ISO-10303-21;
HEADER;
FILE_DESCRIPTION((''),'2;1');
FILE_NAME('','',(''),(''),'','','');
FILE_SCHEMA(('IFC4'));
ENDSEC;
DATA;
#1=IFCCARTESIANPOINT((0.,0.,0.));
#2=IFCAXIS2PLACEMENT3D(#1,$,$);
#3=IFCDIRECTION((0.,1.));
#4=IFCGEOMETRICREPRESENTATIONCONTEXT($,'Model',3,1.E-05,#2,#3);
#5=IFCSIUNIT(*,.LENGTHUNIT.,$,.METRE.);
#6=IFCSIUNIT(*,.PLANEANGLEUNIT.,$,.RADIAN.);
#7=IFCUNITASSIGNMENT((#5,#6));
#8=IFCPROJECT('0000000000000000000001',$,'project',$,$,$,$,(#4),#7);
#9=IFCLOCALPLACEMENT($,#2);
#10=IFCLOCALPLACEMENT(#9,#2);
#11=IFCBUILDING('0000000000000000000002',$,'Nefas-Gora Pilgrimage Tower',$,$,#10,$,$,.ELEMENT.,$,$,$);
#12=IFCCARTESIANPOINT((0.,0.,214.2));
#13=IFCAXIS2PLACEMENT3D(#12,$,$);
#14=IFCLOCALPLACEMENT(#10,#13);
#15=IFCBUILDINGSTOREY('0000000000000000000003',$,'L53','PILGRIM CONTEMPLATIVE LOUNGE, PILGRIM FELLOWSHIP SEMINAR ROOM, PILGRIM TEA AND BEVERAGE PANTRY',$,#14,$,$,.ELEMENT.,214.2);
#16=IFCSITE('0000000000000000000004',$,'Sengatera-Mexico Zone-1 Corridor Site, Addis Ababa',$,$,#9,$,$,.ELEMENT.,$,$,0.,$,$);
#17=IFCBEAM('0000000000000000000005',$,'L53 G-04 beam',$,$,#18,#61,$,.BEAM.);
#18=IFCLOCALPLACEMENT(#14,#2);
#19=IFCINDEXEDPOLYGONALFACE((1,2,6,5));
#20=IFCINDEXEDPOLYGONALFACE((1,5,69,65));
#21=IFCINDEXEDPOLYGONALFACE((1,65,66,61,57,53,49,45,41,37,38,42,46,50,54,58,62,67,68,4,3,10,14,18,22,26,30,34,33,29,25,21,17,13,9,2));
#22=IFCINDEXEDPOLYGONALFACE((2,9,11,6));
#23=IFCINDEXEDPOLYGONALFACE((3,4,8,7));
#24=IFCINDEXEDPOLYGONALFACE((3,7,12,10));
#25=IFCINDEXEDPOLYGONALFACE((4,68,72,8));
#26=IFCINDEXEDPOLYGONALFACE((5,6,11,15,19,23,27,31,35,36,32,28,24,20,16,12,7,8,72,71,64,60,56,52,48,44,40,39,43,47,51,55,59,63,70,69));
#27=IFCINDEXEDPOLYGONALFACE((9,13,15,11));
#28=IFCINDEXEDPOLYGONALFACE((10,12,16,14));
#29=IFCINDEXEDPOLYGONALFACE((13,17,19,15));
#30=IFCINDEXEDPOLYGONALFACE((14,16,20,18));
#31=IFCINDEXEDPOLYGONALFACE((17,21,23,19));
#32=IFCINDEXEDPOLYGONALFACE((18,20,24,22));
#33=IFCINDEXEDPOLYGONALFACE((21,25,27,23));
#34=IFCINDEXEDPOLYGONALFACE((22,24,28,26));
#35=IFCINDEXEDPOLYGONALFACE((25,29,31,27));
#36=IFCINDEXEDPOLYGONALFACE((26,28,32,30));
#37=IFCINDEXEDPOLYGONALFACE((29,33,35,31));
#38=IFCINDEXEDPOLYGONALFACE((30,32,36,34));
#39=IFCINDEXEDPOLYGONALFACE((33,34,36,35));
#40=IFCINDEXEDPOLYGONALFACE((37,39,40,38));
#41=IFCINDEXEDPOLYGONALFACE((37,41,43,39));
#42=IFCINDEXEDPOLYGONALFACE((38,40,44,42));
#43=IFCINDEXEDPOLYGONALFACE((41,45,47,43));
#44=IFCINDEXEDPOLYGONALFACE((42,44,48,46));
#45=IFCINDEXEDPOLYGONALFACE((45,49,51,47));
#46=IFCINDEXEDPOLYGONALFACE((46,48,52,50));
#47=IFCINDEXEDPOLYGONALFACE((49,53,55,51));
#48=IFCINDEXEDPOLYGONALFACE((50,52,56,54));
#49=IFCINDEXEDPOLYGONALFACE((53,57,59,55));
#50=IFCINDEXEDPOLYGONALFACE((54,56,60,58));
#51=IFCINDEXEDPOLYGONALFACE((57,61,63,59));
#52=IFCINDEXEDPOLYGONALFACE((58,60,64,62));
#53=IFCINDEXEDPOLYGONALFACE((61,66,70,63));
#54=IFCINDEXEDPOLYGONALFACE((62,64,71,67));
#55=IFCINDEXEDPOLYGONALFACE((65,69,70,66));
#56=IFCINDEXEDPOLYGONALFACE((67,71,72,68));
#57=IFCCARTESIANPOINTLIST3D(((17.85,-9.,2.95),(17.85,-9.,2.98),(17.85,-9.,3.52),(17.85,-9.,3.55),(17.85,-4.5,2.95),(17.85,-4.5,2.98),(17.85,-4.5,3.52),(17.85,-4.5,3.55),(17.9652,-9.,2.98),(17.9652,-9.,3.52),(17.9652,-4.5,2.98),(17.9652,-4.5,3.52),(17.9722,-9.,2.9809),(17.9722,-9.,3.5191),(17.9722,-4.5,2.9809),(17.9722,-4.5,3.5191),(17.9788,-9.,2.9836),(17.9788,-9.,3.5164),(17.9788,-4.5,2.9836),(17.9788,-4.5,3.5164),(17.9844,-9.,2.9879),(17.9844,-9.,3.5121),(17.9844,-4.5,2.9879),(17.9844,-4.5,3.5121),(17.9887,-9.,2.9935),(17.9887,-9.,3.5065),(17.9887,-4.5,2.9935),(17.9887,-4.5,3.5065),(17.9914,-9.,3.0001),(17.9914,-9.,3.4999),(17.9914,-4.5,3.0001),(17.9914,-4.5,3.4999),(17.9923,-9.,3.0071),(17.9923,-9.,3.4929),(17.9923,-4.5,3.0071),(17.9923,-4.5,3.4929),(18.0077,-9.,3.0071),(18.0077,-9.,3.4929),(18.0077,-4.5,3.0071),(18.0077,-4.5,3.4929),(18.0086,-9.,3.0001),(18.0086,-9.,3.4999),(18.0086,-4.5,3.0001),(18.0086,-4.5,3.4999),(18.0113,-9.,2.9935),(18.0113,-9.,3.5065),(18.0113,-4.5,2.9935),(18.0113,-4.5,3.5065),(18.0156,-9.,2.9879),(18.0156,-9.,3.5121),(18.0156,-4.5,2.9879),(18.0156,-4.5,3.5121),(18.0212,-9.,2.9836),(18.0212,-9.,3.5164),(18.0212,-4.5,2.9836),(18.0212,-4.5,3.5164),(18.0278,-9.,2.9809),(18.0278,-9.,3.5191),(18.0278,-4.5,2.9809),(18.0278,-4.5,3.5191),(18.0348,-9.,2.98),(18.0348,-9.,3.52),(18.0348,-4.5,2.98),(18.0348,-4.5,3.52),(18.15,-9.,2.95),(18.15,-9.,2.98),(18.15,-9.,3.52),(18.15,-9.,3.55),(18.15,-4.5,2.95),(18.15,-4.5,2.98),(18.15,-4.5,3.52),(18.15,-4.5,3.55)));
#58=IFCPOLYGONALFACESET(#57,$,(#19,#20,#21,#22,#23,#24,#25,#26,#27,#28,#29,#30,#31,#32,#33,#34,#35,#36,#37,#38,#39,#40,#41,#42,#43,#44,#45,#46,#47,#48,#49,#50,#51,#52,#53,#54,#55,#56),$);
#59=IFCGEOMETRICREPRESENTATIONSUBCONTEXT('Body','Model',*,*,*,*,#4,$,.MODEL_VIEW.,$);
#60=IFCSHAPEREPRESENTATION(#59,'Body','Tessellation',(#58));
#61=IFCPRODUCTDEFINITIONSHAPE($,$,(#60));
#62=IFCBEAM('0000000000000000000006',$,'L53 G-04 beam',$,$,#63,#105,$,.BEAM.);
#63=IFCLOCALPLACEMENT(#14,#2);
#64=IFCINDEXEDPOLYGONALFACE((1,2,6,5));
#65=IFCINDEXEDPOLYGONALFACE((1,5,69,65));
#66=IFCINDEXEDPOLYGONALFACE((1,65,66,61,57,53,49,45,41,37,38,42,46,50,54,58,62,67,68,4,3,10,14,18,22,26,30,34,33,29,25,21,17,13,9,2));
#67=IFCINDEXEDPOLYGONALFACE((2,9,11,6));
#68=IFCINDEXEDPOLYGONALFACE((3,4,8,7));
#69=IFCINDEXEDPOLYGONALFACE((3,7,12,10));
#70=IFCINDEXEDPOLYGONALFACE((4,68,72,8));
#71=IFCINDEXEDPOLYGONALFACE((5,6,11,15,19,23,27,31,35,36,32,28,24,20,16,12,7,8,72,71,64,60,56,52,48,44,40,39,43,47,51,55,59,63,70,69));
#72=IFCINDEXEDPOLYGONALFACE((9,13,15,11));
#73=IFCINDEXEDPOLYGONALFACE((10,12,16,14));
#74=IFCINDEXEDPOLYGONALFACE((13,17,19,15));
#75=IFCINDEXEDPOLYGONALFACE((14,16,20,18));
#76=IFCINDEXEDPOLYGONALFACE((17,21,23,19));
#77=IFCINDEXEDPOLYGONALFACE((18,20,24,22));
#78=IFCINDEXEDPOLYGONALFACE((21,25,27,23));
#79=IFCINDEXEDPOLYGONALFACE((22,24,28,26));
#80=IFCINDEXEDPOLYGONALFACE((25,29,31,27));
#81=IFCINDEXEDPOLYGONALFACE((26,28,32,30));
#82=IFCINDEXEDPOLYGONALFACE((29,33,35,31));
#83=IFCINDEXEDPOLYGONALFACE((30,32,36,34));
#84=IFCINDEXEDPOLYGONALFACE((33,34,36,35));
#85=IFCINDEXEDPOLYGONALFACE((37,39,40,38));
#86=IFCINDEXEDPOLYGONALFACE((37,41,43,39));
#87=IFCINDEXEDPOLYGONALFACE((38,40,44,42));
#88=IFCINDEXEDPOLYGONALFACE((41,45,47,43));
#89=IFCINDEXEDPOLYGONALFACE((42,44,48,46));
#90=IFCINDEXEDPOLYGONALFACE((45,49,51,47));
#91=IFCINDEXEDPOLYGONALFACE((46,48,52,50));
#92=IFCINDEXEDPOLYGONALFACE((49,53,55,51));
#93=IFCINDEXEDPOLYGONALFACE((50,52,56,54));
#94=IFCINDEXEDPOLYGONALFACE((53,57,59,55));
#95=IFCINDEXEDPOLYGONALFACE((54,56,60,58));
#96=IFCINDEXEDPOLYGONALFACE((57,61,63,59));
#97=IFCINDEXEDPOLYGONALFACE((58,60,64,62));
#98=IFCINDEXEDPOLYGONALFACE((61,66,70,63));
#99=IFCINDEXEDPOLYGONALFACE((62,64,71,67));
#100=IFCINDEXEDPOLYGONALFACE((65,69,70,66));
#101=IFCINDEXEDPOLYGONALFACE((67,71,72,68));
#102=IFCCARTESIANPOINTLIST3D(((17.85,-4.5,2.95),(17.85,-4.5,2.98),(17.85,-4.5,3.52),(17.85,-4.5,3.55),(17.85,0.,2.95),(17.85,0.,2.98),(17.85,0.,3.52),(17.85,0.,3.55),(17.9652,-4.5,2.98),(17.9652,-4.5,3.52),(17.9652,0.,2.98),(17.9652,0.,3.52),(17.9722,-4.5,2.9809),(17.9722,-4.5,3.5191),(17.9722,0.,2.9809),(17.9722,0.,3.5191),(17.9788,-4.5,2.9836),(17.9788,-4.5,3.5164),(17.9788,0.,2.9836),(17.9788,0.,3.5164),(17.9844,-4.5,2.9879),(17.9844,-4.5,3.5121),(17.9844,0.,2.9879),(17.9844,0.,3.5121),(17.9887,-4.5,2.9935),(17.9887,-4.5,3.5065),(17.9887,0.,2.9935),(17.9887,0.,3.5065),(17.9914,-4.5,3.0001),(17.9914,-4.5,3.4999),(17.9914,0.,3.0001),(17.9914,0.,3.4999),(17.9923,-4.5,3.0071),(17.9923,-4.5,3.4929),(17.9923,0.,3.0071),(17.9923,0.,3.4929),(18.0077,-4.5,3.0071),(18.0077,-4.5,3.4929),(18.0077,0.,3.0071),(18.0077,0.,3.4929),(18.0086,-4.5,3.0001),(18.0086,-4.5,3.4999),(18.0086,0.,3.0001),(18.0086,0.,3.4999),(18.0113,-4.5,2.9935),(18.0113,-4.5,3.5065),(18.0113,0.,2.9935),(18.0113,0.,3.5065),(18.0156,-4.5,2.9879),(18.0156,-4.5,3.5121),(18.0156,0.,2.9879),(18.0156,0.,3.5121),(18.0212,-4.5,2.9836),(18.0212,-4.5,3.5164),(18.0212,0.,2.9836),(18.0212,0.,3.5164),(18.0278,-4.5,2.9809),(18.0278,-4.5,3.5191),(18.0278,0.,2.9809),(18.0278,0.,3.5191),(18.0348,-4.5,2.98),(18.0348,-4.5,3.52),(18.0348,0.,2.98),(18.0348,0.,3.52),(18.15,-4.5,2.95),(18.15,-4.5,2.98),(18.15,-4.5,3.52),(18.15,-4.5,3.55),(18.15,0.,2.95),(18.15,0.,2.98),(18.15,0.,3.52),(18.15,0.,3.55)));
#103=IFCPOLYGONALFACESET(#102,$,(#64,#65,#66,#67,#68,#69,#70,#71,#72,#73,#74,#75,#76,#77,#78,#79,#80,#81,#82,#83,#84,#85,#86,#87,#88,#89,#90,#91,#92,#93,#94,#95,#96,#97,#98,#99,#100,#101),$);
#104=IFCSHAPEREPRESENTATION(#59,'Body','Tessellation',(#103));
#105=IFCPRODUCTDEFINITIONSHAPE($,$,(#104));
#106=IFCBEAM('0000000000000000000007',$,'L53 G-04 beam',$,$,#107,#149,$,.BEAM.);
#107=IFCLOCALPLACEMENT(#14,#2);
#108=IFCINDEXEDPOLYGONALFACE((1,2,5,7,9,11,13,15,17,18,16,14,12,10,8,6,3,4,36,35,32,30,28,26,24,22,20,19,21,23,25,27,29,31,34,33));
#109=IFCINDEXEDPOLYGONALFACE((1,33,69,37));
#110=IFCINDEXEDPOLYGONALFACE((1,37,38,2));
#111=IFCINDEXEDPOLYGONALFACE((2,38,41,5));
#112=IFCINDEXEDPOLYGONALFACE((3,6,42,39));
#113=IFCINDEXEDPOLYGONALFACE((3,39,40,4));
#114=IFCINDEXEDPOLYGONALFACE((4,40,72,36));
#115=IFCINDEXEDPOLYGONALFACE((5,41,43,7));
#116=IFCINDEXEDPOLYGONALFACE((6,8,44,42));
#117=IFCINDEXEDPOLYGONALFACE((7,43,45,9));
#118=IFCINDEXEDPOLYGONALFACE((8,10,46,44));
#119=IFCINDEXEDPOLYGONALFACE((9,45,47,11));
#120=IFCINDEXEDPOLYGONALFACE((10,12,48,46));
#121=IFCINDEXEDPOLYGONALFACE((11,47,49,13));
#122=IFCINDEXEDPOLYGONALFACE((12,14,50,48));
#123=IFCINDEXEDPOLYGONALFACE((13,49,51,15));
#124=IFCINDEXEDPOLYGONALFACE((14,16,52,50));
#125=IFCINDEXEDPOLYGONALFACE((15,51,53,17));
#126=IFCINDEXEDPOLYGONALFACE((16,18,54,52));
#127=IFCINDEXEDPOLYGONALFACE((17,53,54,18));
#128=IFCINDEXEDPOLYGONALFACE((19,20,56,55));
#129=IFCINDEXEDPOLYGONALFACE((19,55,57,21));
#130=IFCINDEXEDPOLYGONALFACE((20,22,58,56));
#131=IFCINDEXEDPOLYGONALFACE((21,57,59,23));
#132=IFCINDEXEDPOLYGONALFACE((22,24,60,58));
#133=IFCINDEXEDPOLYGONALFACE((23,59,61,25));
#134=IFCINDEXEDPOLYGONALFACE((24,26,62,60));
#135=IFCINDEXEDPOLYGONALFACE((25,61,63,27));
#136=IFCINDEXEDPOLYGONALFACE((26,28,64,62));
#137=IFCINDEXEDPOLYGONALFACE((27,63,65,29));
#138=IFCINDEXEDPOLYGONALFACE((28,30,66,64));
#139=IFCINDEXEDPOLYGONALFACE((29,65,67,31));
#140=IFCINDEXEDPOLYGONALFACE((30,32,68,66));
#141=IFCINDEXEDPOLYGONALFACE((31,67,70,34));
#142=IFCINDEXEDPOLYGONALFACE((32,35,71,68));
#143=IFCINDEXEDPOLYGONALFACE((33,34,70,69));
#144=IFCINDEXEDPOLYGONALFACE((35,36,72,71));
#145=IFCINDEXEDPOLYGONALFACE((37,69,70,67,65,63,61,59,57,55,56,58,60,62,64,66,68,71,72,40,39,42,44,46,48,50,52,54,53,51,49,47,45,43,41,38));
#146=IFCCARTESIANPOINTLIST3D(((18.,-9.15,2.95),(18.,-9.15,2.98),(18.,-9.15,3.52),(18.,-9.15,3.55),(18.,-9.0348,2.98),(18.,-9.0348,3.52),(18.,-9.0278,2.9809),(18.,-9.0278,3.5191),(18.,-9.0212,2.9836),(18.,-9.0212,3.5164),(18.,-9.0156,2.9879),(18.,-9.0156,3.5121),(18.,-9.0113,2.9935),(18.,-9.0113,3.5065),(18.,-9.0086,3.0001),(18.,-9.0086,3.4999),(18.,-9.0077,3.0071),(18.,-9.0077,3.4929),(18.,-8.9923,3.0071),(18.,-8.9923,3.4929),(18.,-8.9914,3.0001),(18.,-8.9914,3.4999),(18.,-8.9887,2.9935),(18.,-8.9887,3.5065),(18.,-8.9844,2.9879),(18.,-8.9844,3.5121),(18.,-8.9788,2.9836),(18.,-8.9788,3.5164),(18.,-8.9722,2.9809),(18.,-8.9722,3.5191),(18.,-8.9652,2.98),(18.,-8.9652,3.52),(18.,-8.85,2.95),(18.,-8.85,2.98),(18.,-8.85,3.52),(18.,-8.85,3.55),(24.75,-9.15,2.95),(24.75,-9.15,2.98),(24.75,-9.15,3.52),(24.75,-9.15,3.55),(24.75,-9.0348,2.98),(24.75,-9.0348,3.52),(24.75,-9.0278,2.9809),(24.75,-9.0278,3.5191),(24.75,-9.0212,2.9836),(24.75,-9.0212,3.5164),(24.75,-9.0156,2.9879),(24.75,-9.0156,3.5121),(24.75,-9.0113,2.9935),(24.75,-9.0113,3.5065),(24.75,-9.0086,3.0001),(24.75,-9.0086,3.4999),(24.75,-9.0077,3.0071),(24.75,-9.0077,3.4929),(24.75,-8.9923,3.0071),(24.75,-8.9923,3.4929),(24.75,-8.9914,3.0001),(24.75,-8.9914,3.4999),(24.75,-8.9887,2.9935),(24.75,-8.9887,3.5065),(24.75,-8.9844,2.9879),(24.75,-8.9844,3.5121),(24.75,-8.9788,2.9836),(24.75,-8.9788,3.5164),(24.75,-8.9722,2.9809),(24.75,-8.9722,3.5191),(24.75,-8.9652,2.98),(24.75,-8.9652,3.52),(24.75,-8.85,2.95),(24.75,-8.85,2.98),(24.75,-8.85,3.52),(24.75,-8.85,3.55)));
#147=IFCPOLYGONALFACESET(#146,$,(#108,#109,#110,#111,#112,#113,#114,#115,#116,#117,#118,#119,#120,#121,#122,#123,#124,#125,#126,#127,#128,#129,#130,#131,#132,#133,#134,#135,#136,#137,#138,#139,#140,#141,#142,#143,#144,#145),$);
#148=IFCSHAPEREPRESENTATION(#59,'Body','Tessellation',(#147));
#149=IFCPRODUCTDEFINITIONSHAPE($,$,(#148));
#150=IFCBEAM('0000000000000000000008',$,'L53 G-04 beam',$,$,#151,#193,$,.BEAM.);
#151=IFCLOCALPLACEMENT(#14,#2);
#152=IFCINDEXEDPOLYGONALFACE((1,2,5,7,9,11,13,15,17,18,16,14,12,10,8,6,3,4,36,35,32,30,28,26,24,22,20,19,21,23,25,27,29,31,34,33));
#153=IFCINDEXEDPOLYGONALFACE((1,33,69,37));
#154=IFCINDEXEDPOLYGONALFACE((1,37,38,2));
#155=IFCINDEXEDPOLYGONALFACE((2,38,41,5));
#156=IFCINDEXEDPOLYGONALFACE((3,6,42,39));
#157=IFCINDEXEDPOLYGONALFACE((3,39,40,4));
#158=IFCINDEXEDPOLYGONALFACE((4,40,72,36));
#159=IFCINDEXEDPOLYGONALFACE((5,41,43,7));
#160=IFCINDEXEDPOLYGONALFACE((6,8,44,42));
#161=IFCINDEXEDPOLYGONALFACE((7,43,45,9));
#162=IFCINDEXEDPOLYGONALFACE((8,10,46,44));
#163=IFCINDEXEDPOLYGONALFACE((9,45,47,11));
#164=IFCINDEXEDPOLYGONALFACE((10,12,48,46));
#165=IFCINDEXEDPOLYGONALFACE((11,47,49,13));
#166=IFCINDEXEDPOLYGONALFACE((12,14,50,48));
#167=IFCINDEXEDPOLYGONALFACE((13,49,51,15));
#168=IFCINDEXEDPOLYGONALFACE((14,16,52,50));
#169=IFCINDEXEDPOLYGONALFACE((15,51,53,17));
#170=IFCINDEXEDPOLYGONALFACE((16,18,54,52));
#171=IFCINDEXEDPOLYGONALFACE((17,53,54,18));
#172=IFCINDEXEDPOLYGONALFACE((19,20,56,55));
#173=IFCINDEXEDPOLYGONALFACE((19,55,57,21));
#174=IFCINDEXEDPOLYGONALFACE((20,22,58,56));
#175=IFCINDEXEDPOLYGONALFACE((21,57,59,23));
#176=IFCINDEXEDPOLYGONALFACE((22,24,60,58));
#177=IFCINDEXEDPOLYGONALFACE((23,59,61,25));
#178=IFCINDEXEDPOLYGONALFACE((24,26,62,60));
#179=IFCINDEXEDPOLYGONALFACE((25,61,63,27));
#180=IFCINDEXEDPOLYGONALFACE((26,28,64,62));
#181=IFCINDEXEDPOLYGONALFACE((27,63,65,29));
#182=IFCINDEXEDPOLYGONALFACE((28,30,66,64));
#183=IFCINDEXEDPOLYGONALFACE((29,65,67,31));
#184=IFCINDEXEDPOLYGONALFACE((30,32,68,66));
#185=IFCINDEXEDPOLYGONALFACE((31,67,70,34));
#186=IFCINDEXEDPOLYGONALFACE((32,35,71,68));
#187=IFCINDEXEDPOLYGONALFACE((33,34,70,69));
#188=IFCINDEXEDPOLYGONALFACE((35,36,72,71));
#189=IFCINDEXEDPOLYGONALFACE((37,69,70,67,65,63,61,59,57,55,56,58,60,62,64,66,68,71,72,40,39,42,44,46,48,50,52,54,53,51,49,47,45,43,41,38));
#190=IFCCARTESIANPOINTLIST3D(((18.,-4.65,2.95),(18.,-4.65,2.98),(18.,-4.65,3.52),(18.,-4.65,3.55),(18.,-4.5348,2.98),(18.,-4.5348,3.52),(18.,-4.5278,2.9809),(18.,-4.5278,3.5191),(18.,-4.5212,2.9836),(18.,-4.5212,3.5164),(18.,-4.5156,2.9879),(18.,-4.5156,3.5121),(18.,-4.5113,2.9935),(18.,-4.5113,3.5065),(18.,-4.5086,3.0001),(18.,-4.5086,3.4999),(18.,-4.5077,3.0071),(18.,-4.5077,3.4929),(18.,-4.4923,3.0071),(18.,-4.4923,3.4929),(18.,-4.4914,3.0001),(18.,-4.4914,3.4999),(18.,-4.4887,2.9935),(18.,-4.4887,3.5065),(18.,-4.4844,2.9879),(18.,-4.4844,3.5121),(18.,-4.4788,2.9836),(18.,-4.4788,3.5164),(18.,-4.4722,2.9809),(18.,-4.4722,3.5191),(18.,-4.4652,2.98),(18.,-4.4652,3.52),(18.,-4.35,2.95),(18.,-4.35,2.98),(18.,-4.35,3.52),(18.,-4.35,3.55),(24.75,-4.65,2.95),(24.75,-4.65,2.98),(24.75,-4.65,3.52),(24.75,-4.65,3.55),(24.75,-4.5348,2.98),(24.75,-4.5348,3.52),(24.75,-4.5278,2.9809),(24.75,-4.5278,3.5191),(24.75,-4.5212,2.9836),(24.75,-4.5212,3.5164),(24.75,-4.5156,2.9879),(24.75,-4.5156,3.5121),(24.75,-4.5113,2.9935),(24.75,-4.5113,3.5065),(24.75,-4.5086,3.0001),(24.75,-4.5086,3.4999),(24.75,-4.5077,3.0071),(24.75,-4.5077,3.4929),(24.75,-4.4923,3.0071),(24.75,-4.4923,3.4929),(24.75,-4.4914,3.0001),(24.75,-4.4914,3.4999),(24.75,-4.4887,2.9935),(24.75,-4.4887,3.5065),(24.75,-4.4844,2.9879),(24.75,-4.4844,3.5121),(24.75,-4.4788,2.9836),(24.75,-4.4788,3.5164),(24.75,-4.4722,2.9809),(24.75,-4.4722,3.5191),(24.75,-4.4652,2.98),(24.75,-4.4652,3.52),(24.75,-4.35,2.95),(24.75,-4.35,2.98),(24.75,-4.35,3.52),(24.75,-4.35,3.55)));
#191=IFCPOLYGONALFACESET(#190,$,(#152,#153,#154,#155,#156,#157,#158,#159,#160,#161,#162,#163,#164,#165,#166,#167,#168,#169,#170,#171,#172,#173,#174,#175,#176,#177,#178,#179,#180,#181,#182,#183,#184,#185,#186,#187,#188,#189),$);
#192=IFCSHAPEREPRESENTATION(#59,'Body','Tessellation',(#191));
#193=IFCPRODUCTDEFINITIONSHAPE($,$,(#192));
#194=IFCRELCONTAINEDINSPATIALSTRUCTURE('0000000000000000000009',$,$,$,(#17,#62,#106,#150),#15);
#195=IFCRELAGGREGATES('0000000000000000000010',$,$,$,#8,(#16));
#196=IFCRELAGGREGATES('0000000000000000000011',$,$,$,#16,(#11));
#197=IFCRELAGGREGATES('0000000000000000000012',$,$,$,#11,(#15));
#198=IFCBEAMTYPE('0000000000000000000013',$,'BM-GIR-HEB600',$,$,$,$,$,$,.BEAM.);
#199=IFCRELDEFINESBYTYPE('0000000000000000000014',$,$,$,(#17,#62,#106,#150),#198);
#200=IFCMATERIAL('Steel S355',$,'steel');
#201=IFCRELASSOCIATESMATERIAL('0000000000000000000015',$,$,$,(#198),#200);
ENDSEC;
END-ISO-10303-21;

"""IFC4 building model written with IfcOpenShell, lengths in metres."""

from ifc_helpers import new_model, si_unit, direction, frame, origin, origin_2d, place, context, subcontext, project, spatial, i_section, extrude, source, transform, mapped, material, material_profile, profile_set, type_object, element, save


model = new_model("IFC4")

# Units and contexts
model_context = context("Model", 3, precision=1e-05, world=origin(), true_north=direction((0.0, 1.0)))
body_context = subcontext(model_context, "Body", "Model", "MODEL_VIEW")
ifc_project = project(units=[si_unit("LENGTHUNIT", "METRE"), si_unit("PLANEANGLEUNIT", "RADIAN")], contexts=[model_context])

# Site, building, storey
site_placement = place(None, origin())
site = spatial("IfcSite", under=ifc_project, at=site_placement, Name="Sengatera-Mexico Zone-1 Corridor Site, Addis Ababa", CompositionType="ELEMENT", RefElevation=0.0)
building_placement = place(site_placement, origin())
building = spatial("IfcBuilding", under=site, at=building_placement, Name="Nefas-Gora Pilgrimage Tower", CompositionType="ELEMENT")
storey_placement = place(building_placement, frame((0.0, 0.0, 214.2)))
storey = spatial("IfcBuildingStorey", under=building, at=storey_placement, Name="L53", Description="PILGRIM CONTEMPLATIVE LOUNGE, PILGRIM FELLOWSHIP SEMINAR ROOM, PILGRIM TEA AND BEVERAGE PANTRY", CompositionType="ELEMENT", Elevation=214.2)

# Beams
ifc_material_1 = material(Name="Steel S355", Category="steel")
ifc_material_profile_1 = material_profile(ifc_material_1, i_section(OverallWidth=0.3, OverallDepth=0.6001, WebThickness=0.0154, FlangeThickness=0.03, FilletRadius=0.0271, at=origin_2d()), Name="HEB 600")
ifc_profile_set_1 = profile_set([ifc_material_profile_1], Name="Steel S355")
beam_type_1 = type_object("IfcBeamType", Name="BM-GIR-HEB600", PredefinedType="BEAM", material=ifc_profile_set_1)
shared_shape_1 = source(origin(), body_context, "Body", "SweptSolid", [
    extrude(i_section(OverallWidth=0.3, OverallDepth=0.6001, WebThickness=0.0154, FlangeThickness=0.03, FilletRadius=0.0271, at=origin_2d()), origin(), (0.0, 0.0, 1.0), 4.5),
])
for number, where, z_axis, x_axis, name in (
    (1, (18.0, -9.0, 3.25), (0.0, 1.0, 0.0), (-1.0, 0.0, 0.0), "L53 G-04 beam"),
    (2, (18.0, -4.5, 3.25), (0.0, 1.0, 0.0), (-1.0, 0.0, 0.0), "L53 G-04 beam"),
):
    element("IfcBeam", number, at=place(storey_placement, frame(where, z_axis=z_axis, x_axis=x_axis)), inside=storey, type_object=beam_type_1, Name=name, PredefinedType="BEAM", context=body_context, shape_type="MappedRepresentation", body=[
        mapped(shared_shape_1, transform((0.0, 0.0, 0.0), x_axis=(1.0, 0.0, 0.0), y_axis=(0.0, 1.0, 0.0), z_axis=(0.0, 0.0, 1.0), scale=1.0)),
    ])
shared_shape_2 = source(origin(), body_context, "Body", "SweptSolid", [
    extrude(i_section(OverallWidth=0.3, OverallDepth=0.6001, WebThickness=0.0154, FlangeThickness=0.03, FilletRadius=0.0271, at=origin_2d()), origin(), (0.0, 0.0, 1.0), 6.75),
])
for number, where, z_axis, x_axis, name in (
    (3, (18.0, -9.0, 3.25), (1.0, 0.0, 0.0), (0.0, 1.0, 0.0), "L53 G-04 beam"),
    (4, (18.0, -4.5, 3.25), (1.0, 0.0, 0.0), (0.0, 1.0, 0.0), "L53 G-04 beam"),
):
    element("IfcBeam", number, at=place(storey_placement, frame(where, z_axis=z_axis, x_axis=x_axis)), inside=storey, type_object=beam_type_1, Name=name, PredefinedType="BEAM", context=body_context, shape_type="MappedRepresentation", body=[
        mapped(shared_shape_2, transform((0.0, 0.0, 0.0), x_axis=(1.0, 0.0, 0.0), y_axis=(0.0, 1.0, 0.0), z_axis=(0.0, 0.0, 1.0), scale=1.0)),
    ])

save(model, "model.ifc")
